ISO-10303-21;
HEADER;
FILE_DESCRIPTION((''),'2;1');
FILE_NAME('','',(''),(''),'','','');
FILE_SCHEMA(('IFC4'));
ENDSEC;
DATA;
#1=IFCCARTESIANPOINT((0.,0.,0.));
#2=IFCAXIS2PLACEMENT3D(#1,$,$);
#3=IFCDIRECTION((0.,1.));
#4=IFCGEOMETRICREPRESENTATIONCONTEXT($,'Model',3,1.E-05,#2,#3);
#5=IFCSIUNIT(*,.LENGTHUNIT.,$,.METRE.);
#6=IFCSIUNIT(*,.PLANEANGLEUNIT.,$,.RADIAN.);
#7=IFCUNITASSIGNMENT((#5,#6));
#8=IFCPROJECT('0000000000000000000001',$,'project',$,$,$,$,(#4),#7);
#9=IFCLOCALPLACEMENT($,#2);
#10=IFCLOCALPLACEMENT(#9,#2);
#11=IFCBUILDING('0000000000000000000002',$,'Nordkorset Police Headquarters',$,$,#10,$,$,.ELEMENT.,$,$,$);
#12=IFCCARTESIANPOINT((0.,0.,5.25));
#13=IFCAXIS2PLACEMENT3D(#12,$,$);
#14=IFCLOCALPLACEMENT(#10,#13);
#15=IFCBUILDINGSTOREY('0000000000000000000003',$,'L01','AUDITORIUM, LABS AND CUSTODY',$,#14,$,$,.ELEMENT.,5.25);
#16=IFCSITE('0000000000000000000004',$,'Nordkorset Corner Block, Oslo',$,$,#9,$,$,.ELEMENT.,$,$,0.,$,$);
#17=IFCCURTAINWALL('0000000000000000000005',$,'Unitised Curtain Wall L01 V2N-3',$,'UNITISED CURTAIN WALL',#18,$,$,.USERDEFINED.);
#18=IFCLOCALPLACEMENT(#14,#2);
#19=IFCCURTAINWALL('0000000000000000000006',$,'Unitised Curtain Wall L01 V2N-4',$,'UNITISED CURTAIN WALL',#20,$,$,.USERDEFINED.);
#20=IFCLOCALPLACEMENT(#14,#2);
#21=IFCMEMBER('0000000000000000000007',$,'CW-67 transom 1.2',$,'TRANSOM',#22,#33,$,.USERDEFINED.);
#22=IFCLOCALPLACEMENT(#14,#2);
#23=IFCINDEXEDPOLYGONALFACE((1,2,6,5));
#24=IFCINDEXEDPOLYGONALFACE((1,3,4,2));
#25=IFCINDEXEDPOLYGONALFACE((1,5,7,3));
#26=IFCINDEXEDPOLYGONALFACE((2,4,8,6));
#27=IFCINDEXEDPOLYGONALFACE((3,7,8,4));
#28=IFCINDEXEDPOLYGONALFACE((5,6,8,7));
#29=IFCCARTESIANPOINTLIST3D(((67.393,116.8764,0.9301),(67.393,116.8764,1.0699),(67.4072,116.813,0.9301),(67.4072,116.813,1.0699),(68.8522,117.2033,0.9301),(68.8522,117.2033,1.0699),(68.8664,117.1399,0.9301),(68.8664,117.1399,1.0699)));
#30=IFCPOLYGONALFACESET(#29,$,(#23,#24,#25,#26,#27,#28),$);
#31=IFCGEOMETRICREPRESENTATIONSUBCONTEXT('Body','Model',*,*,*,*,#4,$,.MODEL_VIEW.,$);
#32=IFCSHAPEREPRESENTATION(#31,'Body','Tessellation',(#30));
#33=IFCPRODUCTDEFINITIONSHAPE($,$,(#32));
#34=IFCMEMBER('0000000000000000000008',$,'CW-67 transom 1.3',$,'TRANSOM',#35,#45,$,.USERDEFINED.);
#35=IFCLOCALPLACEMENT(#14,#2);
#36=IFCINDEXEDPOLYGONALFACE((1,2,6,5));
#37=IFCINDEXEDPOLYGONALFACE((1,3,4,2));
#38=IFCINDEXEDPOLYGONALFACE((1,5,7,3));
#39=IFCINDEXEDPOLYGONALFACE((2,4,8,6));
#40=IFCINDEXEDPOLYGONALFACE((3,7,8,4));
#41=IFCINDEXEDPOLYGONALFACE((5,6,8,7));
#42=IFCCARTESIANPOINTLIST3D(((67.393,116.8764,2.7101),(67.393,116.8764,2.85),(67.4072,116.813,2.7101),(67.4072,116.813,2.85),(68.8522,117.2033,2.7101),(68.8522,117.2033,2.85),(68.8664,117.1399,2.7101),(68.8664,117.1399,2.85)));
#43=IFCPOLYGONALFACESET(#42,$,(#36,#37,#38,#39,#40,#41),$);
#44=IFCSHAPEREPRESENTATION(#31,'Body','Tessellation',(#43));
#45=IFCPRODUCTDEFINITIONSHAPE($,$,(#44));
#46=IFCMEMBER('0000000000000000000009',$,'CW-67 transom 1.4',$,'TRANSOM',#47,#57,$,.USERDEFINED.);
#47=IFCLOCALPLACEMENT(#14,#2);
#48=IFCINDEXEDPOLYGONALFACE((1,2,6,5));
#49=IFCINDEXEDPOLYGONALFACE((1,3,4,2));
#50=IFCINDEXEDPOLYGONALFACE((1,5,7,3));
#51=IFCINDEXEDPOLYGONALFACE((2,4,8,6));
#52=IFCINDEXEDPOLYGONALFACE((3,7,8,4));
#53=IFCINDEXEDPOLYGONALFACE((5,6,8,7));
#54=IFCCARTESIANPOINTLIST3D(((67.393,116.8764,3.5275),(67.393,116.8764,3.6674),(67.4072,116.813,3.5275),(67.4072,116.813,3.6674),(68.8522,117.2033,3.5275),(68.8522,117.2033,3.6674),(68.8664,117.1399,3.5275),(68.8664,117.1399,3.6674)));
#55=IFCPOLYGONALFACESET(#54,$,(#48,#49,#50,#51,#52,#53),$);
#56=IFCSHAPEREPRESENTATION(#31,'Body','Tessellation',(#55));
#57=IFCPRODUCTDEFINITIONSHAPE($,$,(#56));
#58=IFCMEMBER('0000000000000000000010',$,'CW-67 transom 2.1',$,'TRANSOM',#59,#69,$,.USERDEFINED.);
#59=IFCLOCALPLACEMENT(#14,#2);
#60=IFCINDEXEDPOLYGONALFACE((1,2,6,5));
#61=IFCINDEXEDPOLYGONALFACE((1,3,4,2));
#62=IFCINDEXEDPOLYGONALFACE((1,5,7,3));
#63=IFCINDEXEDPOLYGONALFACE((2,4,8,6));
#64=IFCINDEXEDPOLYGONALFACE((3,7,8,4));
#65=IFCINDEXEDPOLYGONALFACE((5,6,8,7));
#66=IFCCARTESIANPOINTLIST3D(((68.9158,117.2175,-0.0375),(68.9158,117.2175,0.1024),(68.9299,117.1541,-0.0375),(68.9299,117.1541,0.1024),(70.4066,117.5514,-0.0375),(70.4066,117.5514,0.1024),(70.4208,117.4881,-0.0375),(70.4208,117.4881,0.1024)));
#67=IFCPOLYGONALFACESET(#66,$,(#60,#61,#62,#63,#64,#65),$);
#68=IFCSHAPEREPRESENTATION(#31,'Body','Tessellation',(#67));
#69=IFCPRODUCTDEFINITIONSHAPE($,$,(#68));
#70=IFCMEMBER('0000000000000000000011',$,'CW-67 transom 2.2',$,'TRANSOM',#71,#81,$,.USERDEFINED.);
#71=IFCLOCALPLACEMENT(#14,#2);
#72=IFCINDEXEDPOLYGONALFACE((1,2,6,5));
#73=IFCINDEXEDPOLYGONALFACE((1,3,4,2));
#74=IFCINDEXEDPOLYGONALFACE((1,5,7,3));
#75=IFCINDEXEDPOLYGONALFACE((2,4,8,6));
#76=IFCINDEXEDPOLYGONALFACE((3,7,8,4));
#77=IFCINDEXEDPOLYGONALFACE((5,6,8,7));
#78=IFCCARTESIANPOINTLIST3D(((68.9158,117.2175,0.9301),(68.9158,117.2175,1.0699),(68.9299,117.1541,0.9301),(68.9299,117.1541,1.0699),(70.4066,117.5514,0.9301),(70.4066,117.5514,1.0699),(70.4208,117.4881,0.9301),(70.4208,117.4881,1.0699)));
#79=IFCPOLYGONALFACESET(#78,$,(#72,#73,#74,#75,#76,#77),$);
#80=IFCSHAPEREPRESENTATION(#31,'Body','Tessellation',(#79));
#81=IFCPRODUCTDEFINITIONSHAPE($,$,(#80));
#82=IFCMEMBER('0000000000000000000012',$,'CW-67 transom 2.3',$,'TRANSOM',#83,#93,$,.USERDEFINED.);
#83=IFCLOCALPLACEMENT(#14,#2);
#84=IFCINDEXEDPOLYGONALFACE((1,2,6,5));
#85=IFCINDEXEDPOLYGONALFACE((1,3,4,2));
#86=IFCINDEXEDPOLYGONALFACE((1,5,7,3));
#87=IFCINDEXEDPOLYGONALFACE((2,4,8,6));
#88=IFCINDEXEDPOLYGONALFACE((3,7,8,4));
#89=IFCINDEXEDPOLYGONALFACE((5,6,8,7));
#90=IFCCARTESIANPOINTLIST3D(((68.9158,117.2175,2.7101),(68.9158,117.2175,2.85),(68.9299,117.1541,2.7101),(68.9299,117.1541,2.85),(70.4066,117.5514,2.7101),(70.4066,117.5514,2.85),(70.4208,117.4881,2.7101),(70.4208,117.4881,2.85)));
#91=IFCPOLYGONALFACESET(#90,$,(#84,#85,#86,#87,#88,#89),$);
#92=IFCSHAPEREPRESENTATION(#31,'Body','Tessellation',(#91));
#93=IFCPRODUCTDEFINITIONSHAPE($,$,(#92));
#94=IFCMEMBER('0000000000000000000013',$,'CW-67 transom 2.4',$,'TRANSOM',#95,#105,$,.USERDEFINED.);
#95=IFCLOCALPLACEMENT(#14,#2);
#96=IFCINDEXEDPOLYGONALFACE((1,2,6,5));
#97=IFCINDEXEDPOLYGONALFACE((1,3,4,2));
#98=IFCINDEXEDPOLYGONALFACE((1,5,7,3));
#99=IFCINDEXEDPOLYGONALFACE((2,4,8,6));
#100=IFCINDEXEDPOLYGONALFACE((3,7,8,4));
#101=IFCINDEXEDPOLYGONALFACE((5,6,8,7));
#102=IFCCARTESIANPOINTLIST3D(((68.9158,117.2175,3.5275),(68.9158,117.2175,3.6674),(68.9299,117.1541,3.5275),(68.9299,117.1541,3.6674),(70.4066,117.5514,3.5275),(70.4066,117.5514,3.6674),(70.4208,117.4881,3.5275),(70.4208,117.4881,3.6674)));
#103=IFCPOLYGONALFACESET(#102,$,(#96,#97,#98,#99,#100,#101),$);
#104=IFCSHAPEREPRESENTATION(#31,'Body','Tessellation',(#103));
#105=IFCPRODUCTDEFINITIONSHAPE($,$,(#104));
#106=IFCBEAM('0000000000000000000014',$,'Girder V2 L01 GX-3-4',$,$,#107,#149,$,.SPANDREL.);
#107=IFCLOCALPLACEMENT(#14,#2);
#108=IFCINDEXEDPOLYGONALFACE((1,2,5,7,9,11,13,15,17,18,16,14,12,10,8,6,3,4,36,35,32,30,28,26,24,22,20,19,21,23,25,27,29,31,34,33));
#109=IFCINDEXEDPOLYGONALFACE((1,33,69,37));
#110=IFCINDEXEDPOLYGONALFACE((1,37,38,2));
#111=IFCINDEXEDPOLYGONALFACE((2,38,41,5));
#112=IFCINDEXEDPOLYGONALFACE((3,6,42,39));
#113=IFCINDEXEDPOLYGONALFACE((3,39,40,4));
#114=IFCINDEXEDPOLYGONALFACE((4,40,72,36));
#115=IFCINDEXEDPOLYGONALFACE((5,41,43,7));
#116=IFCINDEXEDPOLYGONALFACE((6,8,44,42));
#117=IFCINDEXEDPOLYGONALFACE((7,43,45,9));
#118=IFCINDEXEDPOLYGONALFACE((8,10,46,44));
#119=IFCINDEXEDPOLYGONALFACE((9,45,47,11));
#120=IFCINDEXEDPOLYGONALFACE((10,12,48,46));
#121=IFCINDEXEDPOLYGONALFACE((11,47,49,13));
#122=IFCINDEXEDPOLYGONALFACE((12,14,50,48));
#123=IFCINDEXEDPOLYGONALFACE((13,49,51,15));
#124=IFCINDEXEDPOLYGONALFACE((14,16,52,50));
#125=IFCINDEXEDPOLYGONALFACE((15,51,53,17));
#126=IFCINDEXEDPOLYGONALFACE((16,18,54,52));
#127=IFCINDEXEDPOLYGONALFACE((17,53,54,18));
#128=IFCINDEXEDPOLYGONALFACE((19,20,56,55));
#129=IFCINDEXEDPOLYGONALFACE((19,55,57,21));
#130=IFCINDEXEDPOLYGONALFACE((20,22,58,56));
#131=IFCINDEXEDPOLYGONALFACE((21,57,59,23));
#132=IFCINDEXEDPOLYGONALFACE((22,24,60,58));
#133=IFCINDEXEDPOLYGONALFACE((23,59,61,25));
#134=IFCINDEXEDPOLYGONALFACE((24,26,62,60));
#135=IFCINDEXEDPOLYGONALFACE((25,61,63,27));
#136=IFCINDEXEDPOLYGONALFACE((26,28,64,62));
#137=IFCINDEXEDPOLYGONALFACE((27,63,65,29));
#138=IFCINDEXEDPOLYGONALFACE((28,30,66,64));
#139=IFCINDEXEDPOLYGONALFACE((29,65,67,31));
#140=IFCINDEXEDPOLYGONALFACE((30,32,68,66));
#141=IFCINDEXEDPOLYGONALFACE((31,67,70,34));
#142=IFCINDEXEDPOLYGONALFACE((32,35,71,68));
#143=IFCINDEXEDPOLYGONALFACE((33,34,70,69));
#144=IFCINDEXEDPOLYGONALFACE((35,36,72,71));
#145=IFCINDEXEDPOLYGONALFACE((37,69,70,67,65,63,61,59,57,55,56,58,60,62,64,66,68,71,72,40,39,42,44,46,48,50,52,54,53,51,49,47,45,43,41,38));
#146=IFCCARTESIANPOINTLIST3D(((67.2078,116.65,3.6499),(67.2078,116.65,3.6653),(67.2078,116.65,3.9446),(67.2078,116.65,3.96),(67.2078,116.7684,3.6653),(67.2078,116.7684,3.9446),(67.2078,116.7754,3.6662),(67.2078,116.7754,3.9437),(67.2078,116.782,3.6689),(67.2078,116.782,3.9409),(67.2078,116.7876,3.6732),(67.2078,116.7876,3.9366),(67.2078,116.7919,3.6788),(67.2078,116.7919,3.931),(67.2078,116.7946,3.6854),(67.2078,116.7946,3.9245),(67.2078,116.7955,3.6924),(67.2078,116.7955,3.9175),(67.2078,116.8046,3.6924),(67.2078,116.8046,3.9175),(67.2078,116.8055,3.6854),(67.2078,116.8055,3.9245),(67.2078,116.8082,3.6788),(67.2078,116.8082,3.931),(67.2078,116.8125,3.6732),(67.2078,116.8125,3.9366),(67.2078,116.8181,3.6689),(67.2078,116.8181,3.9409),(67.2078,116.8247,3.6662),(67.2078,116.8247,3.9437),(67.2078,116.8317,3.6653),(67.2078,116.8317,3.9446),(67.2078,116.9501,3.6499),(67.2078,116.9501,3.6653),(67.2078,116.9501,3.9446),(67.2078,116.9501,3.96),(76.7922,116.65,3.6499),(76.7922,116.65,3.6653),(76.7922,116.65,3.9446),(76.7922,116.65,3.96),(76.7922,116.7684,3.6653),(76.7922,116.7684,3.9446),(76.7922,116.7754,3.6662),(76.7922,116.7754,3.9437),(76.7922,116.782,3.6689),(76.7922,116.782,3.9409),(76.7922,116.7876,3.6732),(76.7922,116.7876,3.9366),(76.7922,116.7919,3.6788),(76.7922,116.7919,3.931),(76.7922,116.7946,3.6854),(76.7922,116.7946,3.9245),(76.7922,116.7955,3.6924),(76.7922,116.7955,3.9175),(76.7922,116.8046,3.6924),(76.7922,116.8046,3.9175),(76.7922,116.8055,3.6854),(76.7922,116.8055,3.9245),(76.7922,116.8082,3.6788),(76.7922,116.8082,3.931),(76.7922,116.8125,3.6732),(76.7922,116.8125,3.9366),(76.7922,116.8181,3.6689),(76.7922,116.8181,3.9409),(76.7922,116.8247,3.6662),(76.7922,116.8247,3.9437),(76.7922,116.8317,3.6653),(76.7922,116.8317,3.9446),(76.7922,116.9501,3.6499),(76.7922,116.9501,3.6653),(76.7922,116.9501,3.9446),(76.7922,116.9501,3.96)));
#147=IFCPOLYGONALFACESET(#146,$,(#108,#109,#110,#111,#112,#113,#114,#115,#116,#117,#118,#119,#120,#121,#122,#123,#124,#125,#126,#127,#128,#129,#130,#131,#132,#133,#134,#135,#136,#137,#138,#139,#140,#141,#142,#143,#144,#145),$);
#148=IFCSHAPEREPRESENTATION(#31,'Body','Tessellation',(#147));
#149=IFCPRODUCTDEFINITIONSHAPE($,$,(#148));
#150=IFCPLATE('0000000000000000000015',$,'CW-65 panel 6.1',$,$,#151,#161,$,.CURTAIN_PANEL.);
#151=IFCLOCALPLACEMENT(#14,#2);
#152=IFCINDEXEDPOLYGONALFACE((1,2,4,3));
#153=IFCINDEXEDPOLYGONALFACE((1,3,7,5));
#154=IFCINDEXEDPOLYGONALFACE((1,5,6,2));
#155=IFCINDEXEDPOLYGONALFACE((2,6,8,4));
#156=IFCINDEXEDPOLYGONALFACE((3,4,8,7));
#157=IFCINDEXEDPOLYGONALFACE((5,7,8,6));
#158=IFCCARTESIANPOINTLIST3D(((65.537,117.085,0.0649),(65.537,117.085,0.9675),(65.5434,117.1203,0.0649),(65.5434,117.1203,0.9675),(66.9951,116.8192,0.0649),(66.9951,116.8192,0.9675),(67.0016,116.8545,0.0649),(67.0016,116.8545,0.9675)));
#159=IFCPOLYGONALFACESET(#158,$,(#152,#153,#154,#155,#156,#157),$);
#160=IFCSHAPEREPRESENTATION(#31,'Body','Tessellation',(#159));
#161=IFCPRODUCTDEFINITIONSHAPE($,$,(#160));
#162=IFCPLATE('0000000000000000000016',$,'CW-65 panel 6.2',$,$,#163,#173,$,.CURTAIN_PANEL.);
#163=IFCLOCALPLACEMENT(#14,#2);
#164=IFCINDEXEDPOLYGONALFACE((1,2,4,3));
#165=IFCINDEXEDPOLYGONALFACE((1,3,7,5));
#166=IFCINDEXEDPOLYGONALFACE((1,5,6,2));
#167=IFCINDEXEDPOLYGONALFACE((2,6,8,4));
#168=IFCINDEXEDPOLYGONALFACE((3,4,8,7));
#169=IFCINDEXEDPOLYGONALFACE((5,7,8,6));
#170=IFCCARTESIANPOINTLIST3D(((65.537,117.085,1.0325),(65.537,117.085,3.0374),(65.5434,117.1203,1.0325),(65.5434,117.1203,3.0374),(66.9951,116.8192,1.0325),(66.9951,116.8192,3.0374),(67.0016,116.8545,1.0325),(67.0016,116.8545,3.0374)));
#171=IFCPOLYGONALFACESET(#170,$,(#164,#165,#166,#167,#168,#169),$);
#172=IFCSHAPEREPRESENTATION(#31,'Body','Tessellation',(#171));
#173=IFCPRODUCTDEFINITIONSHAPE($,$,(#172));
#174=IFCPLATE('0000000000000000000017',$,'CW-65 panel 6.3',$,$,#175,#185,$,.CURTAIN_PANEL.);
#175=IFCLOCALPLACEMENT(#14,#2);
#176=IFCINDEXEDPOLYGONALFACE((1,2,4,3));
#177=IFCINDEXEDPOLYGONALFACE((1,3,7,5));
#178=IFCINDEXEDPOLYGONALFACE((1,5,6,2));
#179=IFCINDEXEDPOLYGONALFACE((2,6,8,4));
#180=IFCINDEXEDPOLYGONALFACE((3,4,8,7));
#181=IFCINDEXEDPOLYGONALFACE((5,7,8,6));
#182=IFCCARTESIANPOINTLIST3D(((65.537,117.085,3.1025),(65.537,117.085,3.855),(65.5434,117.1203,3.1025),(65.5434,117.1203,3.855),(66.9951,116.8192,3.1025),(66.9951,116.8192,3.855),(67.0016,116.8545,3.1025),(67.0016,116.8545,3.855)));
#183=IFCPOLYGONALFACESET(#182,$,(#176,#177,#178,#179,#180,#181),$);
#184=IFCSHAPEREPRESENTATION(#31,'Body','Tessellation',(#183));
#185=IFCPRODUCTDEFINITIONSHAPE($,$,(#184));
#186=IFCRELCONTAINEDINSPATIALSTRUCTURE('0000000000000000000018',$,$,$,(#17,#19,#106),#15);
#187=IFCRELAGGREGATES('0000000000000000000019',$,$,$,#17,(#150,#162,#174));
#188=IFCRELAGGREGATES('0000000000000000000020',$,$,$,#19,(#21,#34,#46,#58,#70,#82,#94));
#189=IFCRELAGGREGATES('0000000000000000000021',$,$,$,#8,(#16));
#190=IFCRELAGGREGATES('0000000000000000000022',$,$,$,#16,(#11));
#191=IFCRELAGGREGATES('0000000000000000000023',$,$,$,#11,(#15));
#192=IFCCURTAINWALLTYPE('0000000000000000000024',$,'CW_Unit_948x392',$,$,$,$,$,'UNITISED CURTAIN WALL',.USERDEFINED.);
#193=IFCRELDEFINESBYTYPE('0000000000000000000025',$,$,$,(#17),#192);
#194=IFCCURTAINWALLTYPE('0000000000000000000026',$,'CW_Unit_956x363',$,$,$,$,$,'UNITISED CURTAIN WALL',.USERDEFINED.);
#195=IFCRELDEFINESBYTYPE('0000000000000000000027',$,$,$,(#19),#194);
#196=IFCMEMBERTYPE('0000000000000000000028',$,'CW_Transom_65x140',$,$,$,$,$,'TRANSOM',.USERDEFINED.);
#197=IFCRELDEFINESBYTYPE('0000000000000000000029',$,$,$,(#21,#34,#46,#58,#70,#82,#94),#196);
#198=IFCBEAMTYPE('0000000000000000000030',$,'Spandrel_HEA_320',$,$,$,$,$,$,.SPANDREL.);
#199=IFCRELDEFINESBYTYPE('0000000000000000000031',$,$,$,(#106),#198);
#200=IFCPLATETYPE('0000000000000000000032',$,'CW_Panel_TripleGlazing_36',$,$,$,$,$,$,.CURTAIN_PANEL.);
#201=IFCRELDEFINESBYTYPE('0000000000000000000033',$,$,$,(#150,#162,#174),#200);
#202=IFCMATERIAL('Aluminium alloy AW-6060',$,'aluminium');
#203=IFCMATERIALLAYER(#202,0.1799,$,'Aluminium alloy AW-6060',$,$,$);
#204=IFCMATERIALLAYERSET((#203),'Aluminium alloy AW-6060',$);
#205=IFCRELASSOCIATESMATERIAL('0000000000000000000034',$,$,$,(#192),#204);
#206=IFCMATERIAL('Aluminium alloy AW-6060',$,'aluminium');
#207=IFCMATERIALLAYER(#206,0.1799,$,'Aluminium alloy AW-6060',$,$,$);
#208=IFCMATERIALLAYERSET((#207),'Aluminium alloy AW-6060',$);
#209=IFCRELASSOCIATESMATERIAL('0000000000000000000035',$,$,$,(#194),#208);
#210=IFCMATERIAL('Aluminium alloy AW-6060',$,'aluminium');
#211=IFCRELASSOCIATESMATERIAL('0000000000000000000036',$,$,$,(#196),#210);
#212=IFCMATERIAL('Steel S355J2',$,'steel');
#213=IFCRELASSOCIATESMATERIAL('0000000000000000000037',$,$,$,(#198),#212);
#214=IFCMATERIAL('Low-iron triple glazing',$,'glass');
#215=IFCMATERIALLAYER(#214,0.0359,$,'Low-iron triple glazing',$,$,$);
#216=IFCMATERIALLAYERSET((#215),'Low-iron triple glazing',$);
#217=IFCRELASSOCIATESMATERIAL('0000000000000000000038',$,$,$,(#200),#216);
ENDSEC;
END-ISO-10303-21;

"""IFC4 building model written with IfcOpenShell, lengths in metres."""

from ifc_helpers import new_model, si_unit, direction, frame, origin, origin_2d, place, context, subcontext, project, spatial, rectangle, i_section, extrude, material, layer, layer_set, material_profile, profile_set, type_object, element, aggregate, save


model = new_model("IFC4")

# Units and contexts
model_context = context("Model", 3, precision=1e-05, world=origin(), true_north=direction((0.0, 1.0)))
body_context = subcontext(model_context, "Body", "Model", "MODEL_VIEW")
ifc_project = project(units=[si_unit("LENGTHUNIT", "METRE"), si_unit("PLANEANGLEUNIT", "RADIAN")], contexts=[model_context])

# Site, building, storey
site_placement = place(None, origin())
site = spatial("IfcSite", under=ifc_project, at=site_placement, Name="Nordkorset Corner Block, Oslo", CompositionType="ELEMENT", RefElevation=0.0)
building_placement = place(site_placement, origin())
building = spatial("IfcBuilding", under=site, at=building_placement, Name="Nordkorset Police Headquarters", CompositionType="ELEMENT")
storey_placement = place(building_placement, frame((0.0, 0.0, 5.25)))
storey = spatial("IfcBuildingStorey", under=building, at=storey_placement, Name="L01", Description="AUDITORIUM, LABS AND CUSTODY", CompositionType="ELEMENT", Elevation=5.25)

# Curtain wall
ifc_material_1 = material(Name="Aluminium alloy AW-6060", Category="aluminium")
ifc_layer_1 = layer(ifc_material_1, 0.1799, Name="Aluminium alloy AW-6060")
ifc_layer_set_1 = layer_set([ifc_layer_1], Name="Aluminium alloy AW-6060")
curtain_wall_type_1 = type_object("IfcCurtainWallType", Name="CW_Unit_948x392", ElementType="UNITISED CURTAIN WALL", PredefinedType="USERDEFINED", material=ifc_layer_set_1)
curtain_wall_1_placement = place(storey_placement, origin())
curtain_wall_1 = element("IfcCurtainWall", 1, at=curtain_wall_1_placement, inside=storey, type_object=curtain_wall_type_1, Name="Unitised Curtain Wall L01 V2N-3", ObjectType="UNITISED CURTAIN WALL", PredefinedType="USERDEFINED")

# Curtain wall
ifc_material_2 = material(Name="Aluminium alloy AW-6060", Category="aluminium")
ifc_layer_2 = layer(ifc_material_2, 0.1799, Name="Aluminium alloy AW-6060")
ifc_layer_set_2 = layer_set([ifc_layer_2], Name="Aluminium alloy AW-6060")
curtain_wall_type_2 = type_object("IfcCurtainWallType", Name="CW_Unit_956x363", ElementType="UNITISED CURTAIN WALL", PredefinedType="USERDEFINED", material=ifc_layer_set_2)
curtain_wall_2_placement = place(storey_placement, origin())
curtain_wall_2 = element("IfcCurtainWall", 2, at=curtain_wall_2_placement, inside=storey, type_object=curtain_wall_type_2, Name="Unitised Curtain Wall L01 V2N-4", ObjectType="UNITISED CURTAIN WALL", PredefinedType="USERDEFINED")

# Members
ifc_material_3 = material(Name="Aluminium alloy AW-6060", Category="aluminium")
ifc_material_profile_1 = material_profile(ifc_material_3, rectangle(XDim=0.0649, YDim=0.1399, at=origin_2d()), Name="ALU TRAN 65x140")
ifc_profile_set_1 = profile_set([ifc_material_profile_1], Name="Aluminium alloy AW-6060")
member_type_1 = type_object("IfcMemberType", Name="CW_Transom_65x140", ElementType="TRANSOM", PredefinedType="USERDEFINED", material=ifc_profile_set_1)
member_1_placement = place(storey_placement, frame((67.4001, 116.8447, 1.0), z_axis=(0.975813, 0.218607, 0.0), x_axis=(-0.218607, 0.975813, 0.0)))
member_1 = element("IfcMember", 3, at=member_1_placement, type_object=member_type_1, Name="CW-67 transom 1.2", ObjectType="TRANSOM", PredefinedType="USERDEFINED", context=body_context, shape_type="SweptSolid", body=[
    extrude(rectangle(XDim=0.0649, YDim=0.1399, at=origin_2d()), origin(), (0.0, 0.0, 1.0), 1.4954),
])
member_2_placement = place(storey_placement, frame((67.4001, 116.8447, 2.78), z_axis=(0.975813, 0.218607, 0.0), x_axis=(-0.218607, 0.975813, 0.0)))
member_2 = element("IfcMember", 4, at=member_2_placement, type_object=member_type_1, Name="CW-67 transom 1.3", ObjectType="TRANSOM", PredefinedType="USERDEFINED", context=body_context, shape_type="SweptSolid", body=[
    extrude(rectangle(XDim=0.0649, YDim=0.1399, at=origin_2d()), origin(), (0.0, 0.0, 1.0), 1.4954),
])
member_3_placement = place(storey_placement, frame((67.4001, 116.8447, 3.5974), z_axis=(0.975813, 0.218607, 0.0), x_axis=(-0.218607, 0.975813, 0.0)))
member_3 = element("IfcMember", 5, at=member_3_placement, type_object=member_type_1, Name="CW-67 transom 1.4", ObjectType="TRANSOM", PredefinedType="USERDEFINED", context=body_context, shape_type="SweptSolid", body=[
    extrude(rectangle(XDim=0.0649, YDim=0.1399, at=origin_2d()), origin(), (0.0, 0.0, 1.0), 1.4954),
])
member_4_placement = place(storey_placement, frame((68.9229, 117.1858, 0.0325), z_axis=(0.975817, 0.218588, 0.0), x_axis=(-0.218588, 0.975817, 0.0)))
member_4 = element("IfcMember", 6, at=member_4_placement, type_object=member_type_1, Name="CW-67 transom 2.1", ObjectType="TRANSOM", PredefinedType="USERDEFINED", context=body_context, shape_type="SweptSolid", body=[
    extrude(rectangle(XDim=0.0649, YDim=0.1399, at=origin_2d()), origin(), (0.0, 0.0, 1.0), 1.5278),
])
member_5_placement = place(storey_placement, frame((68.9229, 117.1858, 1.0), z_axis=(0.975817, 0.218588, 0.0), x_axis=(-0.218588, 0.975817, 0.0)))
member_5 = element("IfcMember", 7, at=member_5_placement, type_object=member_type_1, Name="CW-67 transom 2.2", ObjectType="TRANSOM", PredefinedType="USERDEFINED", context=body_context, shape_type="SweptSolid", body=[
    extrude(rectangle(XDim=0.0649, YDim=0.1399, at=origin_2d()), origin(), (0.0, 0.0, 1.0), 1.5278),
])
member_6_placement = place(storey_placement, frame((68.9229, 117.1858, 2.78), z_axis=(0.975817, 0.218588, 0.0), x_axis=(-0.218588, 0.975817, 0.0)))
member_6 = element("IfcMember", 8, at=member_6_placement, type_object=member_type_1, Name="CW-67 transom 2.3", ObjectType="TRANSOM", PredefinedType="USERDEFINED", context=body_context, shape_type="SweptSolid", body=[
    extrude(rectangle(XDim=0.0649, YDim=0.1399, at=origin_2d()), origin(), (0.0, 0.0, 1.0), 1.5278),
])
member_7_placement = place(storey_placement, frame((68.9229, 117.1858, 3.5974), z_axis=(0.975817, 0.218588, 0.0), x_axis=(-0.218588, 0.975817, 0.0)))
member_7 = element("IfcMember", 9, at=member_7_placement, type_object=member_type_1, Name="CW-67 transom 2.4", ObjectType="TRANSOM", PredefinedType="USERDEFINED", context=body_context, shape_type="SweptSolid", body=[
    extrude(rectangle(XDim=0.0649, YDim=0.1399, at=origin_2d()), origin(), (0.0, 0.0, 1.0), 1.5278),
])

# Beam
ifc_material_4 = material(Name="Steel S355J2", Category="steel")
ifc_material_profile_2 = material_profile(ifc_material_4, i_section(OverallWidth=0.3, OverallDepth=0.3101, WebThickness=0.009, FlangeThickness=0.0154, FilletRadius=0.0271, at=origin_2d()), Name="HEA 320")
ifc_profile_set_2 = profile_set([ifc_material_profile_2], Name="Steel S355J2")
beam_type_1 = type_object("IfcBeamType", Name="Spandrel_HEA_320", PredefinedType="SPANDREL", material=ifc_profile_set_2)
beam_1_placement = place(storey_placement, frame((67.2078, 116.8, 3.8049), z_axis=(1.0, 0.0, 0.0), x_axis=(0.0, 1.0, 0.0)))
element("IfcBeam", 10, at=beam_1_placement, inside=storey, type_object=beam_type_1, Name="Girder V2 L01 GX-3-4", PredefinedType="SPANDREL", context=body_context, shape_type="SweptSolid", body=[
    extrude(i_section(OverallWidth=0.3, OverallDepth=0.3101, WebThickness=0.009, FlangeThickness=0.0154, FilletRadius=0.0271, at=origin_2d()), origin(), (0.0, 0.0, 1.0), 9.5845),
])

# Plates
ifc_material_5 = material(Name="Low-iron triple glazing", Category="glass")
ifc_layer_3 = layer(ifc_material_5, 0.0359, Name="Low-iron triple glazing")
ifc_layer_set_3 = layer_set([ifc_layer_3], Name="Low-iron triple glazing")
plate_type = type_object("IfcPlateType", Name="CW_Panel_TripleGlazing_36", PredefinedType="CURTAIN_PANEL", material=ifc_layer_set_3)
plate_1_placement = place(storey_placement, frame((66.2693, 116.9697, 0.0649), z_axis=(0.0, 0.0, 1.0), x_axis=(0.983788, -0.179336, 0.0)))
plate_1 = element("IfcPlate", 11, at=plate_1_placement, type_object=plate_type, Name="CW-65 panel 6.1", PredefinedType="CURTAIN_PANEL", context=body_context, shape_type="SweptSolid", body=[
    extrude(rectangle(XDim=1.4822, YDim=0.0359, at=origin_2d()), origin(), (0.0, 0.0, 1.0), 0.9026),
])
plate_2_placement = place(storey_placement, frame((66.2693, 116.9697, 1.0325), z_axis=(0.0, 0.0, 1.0), x_axis=(0.983788, -0.179336, 0.0)))
plate_2 = element("IfcPlate", 12, at=plate_2_placement, type_object=plate_type, Name="CW-65 panel 6.2", PredefinedType="CURTAIN_PANEL", context=body_context, shape_type="SweptSolid", body=[
    extrude(rectangle(XDim=1.4822, YDim=0.0359, at=origin_2d()), origin(), (0.0, 0.0, 1.0), 2.0049),
])
plate_3_placement = place(storey_placement, frame((66.2693, 116.9697, 3.1025), z_axis=(0.0, 0.0, 1.0), x_axis=(0.983788, -0.179336, 0.0)))
plate_3 = element("IfcPlate", 13, at=plate_3_placement, type_object=plate_type, Name="CW-65 panel 6.3", PredefinedType="CURTAIN_PANEL", context=body_context, shape_type="SweptSolid", body=[
    extrude(rectangle(XDim=1.4822, YDim=0.0359, at=origin_2d()), origin(), (0.0, 0.0, 1.0), 0.7524),
])
aggregate(curtain_wall_1, [plate_1, plate_2, plate_3])
aggregate(curtain_wall_2, [member_1, member_2, member_3, member_4, member_5, member_6, member_7])

save(model, "model.ifc")
